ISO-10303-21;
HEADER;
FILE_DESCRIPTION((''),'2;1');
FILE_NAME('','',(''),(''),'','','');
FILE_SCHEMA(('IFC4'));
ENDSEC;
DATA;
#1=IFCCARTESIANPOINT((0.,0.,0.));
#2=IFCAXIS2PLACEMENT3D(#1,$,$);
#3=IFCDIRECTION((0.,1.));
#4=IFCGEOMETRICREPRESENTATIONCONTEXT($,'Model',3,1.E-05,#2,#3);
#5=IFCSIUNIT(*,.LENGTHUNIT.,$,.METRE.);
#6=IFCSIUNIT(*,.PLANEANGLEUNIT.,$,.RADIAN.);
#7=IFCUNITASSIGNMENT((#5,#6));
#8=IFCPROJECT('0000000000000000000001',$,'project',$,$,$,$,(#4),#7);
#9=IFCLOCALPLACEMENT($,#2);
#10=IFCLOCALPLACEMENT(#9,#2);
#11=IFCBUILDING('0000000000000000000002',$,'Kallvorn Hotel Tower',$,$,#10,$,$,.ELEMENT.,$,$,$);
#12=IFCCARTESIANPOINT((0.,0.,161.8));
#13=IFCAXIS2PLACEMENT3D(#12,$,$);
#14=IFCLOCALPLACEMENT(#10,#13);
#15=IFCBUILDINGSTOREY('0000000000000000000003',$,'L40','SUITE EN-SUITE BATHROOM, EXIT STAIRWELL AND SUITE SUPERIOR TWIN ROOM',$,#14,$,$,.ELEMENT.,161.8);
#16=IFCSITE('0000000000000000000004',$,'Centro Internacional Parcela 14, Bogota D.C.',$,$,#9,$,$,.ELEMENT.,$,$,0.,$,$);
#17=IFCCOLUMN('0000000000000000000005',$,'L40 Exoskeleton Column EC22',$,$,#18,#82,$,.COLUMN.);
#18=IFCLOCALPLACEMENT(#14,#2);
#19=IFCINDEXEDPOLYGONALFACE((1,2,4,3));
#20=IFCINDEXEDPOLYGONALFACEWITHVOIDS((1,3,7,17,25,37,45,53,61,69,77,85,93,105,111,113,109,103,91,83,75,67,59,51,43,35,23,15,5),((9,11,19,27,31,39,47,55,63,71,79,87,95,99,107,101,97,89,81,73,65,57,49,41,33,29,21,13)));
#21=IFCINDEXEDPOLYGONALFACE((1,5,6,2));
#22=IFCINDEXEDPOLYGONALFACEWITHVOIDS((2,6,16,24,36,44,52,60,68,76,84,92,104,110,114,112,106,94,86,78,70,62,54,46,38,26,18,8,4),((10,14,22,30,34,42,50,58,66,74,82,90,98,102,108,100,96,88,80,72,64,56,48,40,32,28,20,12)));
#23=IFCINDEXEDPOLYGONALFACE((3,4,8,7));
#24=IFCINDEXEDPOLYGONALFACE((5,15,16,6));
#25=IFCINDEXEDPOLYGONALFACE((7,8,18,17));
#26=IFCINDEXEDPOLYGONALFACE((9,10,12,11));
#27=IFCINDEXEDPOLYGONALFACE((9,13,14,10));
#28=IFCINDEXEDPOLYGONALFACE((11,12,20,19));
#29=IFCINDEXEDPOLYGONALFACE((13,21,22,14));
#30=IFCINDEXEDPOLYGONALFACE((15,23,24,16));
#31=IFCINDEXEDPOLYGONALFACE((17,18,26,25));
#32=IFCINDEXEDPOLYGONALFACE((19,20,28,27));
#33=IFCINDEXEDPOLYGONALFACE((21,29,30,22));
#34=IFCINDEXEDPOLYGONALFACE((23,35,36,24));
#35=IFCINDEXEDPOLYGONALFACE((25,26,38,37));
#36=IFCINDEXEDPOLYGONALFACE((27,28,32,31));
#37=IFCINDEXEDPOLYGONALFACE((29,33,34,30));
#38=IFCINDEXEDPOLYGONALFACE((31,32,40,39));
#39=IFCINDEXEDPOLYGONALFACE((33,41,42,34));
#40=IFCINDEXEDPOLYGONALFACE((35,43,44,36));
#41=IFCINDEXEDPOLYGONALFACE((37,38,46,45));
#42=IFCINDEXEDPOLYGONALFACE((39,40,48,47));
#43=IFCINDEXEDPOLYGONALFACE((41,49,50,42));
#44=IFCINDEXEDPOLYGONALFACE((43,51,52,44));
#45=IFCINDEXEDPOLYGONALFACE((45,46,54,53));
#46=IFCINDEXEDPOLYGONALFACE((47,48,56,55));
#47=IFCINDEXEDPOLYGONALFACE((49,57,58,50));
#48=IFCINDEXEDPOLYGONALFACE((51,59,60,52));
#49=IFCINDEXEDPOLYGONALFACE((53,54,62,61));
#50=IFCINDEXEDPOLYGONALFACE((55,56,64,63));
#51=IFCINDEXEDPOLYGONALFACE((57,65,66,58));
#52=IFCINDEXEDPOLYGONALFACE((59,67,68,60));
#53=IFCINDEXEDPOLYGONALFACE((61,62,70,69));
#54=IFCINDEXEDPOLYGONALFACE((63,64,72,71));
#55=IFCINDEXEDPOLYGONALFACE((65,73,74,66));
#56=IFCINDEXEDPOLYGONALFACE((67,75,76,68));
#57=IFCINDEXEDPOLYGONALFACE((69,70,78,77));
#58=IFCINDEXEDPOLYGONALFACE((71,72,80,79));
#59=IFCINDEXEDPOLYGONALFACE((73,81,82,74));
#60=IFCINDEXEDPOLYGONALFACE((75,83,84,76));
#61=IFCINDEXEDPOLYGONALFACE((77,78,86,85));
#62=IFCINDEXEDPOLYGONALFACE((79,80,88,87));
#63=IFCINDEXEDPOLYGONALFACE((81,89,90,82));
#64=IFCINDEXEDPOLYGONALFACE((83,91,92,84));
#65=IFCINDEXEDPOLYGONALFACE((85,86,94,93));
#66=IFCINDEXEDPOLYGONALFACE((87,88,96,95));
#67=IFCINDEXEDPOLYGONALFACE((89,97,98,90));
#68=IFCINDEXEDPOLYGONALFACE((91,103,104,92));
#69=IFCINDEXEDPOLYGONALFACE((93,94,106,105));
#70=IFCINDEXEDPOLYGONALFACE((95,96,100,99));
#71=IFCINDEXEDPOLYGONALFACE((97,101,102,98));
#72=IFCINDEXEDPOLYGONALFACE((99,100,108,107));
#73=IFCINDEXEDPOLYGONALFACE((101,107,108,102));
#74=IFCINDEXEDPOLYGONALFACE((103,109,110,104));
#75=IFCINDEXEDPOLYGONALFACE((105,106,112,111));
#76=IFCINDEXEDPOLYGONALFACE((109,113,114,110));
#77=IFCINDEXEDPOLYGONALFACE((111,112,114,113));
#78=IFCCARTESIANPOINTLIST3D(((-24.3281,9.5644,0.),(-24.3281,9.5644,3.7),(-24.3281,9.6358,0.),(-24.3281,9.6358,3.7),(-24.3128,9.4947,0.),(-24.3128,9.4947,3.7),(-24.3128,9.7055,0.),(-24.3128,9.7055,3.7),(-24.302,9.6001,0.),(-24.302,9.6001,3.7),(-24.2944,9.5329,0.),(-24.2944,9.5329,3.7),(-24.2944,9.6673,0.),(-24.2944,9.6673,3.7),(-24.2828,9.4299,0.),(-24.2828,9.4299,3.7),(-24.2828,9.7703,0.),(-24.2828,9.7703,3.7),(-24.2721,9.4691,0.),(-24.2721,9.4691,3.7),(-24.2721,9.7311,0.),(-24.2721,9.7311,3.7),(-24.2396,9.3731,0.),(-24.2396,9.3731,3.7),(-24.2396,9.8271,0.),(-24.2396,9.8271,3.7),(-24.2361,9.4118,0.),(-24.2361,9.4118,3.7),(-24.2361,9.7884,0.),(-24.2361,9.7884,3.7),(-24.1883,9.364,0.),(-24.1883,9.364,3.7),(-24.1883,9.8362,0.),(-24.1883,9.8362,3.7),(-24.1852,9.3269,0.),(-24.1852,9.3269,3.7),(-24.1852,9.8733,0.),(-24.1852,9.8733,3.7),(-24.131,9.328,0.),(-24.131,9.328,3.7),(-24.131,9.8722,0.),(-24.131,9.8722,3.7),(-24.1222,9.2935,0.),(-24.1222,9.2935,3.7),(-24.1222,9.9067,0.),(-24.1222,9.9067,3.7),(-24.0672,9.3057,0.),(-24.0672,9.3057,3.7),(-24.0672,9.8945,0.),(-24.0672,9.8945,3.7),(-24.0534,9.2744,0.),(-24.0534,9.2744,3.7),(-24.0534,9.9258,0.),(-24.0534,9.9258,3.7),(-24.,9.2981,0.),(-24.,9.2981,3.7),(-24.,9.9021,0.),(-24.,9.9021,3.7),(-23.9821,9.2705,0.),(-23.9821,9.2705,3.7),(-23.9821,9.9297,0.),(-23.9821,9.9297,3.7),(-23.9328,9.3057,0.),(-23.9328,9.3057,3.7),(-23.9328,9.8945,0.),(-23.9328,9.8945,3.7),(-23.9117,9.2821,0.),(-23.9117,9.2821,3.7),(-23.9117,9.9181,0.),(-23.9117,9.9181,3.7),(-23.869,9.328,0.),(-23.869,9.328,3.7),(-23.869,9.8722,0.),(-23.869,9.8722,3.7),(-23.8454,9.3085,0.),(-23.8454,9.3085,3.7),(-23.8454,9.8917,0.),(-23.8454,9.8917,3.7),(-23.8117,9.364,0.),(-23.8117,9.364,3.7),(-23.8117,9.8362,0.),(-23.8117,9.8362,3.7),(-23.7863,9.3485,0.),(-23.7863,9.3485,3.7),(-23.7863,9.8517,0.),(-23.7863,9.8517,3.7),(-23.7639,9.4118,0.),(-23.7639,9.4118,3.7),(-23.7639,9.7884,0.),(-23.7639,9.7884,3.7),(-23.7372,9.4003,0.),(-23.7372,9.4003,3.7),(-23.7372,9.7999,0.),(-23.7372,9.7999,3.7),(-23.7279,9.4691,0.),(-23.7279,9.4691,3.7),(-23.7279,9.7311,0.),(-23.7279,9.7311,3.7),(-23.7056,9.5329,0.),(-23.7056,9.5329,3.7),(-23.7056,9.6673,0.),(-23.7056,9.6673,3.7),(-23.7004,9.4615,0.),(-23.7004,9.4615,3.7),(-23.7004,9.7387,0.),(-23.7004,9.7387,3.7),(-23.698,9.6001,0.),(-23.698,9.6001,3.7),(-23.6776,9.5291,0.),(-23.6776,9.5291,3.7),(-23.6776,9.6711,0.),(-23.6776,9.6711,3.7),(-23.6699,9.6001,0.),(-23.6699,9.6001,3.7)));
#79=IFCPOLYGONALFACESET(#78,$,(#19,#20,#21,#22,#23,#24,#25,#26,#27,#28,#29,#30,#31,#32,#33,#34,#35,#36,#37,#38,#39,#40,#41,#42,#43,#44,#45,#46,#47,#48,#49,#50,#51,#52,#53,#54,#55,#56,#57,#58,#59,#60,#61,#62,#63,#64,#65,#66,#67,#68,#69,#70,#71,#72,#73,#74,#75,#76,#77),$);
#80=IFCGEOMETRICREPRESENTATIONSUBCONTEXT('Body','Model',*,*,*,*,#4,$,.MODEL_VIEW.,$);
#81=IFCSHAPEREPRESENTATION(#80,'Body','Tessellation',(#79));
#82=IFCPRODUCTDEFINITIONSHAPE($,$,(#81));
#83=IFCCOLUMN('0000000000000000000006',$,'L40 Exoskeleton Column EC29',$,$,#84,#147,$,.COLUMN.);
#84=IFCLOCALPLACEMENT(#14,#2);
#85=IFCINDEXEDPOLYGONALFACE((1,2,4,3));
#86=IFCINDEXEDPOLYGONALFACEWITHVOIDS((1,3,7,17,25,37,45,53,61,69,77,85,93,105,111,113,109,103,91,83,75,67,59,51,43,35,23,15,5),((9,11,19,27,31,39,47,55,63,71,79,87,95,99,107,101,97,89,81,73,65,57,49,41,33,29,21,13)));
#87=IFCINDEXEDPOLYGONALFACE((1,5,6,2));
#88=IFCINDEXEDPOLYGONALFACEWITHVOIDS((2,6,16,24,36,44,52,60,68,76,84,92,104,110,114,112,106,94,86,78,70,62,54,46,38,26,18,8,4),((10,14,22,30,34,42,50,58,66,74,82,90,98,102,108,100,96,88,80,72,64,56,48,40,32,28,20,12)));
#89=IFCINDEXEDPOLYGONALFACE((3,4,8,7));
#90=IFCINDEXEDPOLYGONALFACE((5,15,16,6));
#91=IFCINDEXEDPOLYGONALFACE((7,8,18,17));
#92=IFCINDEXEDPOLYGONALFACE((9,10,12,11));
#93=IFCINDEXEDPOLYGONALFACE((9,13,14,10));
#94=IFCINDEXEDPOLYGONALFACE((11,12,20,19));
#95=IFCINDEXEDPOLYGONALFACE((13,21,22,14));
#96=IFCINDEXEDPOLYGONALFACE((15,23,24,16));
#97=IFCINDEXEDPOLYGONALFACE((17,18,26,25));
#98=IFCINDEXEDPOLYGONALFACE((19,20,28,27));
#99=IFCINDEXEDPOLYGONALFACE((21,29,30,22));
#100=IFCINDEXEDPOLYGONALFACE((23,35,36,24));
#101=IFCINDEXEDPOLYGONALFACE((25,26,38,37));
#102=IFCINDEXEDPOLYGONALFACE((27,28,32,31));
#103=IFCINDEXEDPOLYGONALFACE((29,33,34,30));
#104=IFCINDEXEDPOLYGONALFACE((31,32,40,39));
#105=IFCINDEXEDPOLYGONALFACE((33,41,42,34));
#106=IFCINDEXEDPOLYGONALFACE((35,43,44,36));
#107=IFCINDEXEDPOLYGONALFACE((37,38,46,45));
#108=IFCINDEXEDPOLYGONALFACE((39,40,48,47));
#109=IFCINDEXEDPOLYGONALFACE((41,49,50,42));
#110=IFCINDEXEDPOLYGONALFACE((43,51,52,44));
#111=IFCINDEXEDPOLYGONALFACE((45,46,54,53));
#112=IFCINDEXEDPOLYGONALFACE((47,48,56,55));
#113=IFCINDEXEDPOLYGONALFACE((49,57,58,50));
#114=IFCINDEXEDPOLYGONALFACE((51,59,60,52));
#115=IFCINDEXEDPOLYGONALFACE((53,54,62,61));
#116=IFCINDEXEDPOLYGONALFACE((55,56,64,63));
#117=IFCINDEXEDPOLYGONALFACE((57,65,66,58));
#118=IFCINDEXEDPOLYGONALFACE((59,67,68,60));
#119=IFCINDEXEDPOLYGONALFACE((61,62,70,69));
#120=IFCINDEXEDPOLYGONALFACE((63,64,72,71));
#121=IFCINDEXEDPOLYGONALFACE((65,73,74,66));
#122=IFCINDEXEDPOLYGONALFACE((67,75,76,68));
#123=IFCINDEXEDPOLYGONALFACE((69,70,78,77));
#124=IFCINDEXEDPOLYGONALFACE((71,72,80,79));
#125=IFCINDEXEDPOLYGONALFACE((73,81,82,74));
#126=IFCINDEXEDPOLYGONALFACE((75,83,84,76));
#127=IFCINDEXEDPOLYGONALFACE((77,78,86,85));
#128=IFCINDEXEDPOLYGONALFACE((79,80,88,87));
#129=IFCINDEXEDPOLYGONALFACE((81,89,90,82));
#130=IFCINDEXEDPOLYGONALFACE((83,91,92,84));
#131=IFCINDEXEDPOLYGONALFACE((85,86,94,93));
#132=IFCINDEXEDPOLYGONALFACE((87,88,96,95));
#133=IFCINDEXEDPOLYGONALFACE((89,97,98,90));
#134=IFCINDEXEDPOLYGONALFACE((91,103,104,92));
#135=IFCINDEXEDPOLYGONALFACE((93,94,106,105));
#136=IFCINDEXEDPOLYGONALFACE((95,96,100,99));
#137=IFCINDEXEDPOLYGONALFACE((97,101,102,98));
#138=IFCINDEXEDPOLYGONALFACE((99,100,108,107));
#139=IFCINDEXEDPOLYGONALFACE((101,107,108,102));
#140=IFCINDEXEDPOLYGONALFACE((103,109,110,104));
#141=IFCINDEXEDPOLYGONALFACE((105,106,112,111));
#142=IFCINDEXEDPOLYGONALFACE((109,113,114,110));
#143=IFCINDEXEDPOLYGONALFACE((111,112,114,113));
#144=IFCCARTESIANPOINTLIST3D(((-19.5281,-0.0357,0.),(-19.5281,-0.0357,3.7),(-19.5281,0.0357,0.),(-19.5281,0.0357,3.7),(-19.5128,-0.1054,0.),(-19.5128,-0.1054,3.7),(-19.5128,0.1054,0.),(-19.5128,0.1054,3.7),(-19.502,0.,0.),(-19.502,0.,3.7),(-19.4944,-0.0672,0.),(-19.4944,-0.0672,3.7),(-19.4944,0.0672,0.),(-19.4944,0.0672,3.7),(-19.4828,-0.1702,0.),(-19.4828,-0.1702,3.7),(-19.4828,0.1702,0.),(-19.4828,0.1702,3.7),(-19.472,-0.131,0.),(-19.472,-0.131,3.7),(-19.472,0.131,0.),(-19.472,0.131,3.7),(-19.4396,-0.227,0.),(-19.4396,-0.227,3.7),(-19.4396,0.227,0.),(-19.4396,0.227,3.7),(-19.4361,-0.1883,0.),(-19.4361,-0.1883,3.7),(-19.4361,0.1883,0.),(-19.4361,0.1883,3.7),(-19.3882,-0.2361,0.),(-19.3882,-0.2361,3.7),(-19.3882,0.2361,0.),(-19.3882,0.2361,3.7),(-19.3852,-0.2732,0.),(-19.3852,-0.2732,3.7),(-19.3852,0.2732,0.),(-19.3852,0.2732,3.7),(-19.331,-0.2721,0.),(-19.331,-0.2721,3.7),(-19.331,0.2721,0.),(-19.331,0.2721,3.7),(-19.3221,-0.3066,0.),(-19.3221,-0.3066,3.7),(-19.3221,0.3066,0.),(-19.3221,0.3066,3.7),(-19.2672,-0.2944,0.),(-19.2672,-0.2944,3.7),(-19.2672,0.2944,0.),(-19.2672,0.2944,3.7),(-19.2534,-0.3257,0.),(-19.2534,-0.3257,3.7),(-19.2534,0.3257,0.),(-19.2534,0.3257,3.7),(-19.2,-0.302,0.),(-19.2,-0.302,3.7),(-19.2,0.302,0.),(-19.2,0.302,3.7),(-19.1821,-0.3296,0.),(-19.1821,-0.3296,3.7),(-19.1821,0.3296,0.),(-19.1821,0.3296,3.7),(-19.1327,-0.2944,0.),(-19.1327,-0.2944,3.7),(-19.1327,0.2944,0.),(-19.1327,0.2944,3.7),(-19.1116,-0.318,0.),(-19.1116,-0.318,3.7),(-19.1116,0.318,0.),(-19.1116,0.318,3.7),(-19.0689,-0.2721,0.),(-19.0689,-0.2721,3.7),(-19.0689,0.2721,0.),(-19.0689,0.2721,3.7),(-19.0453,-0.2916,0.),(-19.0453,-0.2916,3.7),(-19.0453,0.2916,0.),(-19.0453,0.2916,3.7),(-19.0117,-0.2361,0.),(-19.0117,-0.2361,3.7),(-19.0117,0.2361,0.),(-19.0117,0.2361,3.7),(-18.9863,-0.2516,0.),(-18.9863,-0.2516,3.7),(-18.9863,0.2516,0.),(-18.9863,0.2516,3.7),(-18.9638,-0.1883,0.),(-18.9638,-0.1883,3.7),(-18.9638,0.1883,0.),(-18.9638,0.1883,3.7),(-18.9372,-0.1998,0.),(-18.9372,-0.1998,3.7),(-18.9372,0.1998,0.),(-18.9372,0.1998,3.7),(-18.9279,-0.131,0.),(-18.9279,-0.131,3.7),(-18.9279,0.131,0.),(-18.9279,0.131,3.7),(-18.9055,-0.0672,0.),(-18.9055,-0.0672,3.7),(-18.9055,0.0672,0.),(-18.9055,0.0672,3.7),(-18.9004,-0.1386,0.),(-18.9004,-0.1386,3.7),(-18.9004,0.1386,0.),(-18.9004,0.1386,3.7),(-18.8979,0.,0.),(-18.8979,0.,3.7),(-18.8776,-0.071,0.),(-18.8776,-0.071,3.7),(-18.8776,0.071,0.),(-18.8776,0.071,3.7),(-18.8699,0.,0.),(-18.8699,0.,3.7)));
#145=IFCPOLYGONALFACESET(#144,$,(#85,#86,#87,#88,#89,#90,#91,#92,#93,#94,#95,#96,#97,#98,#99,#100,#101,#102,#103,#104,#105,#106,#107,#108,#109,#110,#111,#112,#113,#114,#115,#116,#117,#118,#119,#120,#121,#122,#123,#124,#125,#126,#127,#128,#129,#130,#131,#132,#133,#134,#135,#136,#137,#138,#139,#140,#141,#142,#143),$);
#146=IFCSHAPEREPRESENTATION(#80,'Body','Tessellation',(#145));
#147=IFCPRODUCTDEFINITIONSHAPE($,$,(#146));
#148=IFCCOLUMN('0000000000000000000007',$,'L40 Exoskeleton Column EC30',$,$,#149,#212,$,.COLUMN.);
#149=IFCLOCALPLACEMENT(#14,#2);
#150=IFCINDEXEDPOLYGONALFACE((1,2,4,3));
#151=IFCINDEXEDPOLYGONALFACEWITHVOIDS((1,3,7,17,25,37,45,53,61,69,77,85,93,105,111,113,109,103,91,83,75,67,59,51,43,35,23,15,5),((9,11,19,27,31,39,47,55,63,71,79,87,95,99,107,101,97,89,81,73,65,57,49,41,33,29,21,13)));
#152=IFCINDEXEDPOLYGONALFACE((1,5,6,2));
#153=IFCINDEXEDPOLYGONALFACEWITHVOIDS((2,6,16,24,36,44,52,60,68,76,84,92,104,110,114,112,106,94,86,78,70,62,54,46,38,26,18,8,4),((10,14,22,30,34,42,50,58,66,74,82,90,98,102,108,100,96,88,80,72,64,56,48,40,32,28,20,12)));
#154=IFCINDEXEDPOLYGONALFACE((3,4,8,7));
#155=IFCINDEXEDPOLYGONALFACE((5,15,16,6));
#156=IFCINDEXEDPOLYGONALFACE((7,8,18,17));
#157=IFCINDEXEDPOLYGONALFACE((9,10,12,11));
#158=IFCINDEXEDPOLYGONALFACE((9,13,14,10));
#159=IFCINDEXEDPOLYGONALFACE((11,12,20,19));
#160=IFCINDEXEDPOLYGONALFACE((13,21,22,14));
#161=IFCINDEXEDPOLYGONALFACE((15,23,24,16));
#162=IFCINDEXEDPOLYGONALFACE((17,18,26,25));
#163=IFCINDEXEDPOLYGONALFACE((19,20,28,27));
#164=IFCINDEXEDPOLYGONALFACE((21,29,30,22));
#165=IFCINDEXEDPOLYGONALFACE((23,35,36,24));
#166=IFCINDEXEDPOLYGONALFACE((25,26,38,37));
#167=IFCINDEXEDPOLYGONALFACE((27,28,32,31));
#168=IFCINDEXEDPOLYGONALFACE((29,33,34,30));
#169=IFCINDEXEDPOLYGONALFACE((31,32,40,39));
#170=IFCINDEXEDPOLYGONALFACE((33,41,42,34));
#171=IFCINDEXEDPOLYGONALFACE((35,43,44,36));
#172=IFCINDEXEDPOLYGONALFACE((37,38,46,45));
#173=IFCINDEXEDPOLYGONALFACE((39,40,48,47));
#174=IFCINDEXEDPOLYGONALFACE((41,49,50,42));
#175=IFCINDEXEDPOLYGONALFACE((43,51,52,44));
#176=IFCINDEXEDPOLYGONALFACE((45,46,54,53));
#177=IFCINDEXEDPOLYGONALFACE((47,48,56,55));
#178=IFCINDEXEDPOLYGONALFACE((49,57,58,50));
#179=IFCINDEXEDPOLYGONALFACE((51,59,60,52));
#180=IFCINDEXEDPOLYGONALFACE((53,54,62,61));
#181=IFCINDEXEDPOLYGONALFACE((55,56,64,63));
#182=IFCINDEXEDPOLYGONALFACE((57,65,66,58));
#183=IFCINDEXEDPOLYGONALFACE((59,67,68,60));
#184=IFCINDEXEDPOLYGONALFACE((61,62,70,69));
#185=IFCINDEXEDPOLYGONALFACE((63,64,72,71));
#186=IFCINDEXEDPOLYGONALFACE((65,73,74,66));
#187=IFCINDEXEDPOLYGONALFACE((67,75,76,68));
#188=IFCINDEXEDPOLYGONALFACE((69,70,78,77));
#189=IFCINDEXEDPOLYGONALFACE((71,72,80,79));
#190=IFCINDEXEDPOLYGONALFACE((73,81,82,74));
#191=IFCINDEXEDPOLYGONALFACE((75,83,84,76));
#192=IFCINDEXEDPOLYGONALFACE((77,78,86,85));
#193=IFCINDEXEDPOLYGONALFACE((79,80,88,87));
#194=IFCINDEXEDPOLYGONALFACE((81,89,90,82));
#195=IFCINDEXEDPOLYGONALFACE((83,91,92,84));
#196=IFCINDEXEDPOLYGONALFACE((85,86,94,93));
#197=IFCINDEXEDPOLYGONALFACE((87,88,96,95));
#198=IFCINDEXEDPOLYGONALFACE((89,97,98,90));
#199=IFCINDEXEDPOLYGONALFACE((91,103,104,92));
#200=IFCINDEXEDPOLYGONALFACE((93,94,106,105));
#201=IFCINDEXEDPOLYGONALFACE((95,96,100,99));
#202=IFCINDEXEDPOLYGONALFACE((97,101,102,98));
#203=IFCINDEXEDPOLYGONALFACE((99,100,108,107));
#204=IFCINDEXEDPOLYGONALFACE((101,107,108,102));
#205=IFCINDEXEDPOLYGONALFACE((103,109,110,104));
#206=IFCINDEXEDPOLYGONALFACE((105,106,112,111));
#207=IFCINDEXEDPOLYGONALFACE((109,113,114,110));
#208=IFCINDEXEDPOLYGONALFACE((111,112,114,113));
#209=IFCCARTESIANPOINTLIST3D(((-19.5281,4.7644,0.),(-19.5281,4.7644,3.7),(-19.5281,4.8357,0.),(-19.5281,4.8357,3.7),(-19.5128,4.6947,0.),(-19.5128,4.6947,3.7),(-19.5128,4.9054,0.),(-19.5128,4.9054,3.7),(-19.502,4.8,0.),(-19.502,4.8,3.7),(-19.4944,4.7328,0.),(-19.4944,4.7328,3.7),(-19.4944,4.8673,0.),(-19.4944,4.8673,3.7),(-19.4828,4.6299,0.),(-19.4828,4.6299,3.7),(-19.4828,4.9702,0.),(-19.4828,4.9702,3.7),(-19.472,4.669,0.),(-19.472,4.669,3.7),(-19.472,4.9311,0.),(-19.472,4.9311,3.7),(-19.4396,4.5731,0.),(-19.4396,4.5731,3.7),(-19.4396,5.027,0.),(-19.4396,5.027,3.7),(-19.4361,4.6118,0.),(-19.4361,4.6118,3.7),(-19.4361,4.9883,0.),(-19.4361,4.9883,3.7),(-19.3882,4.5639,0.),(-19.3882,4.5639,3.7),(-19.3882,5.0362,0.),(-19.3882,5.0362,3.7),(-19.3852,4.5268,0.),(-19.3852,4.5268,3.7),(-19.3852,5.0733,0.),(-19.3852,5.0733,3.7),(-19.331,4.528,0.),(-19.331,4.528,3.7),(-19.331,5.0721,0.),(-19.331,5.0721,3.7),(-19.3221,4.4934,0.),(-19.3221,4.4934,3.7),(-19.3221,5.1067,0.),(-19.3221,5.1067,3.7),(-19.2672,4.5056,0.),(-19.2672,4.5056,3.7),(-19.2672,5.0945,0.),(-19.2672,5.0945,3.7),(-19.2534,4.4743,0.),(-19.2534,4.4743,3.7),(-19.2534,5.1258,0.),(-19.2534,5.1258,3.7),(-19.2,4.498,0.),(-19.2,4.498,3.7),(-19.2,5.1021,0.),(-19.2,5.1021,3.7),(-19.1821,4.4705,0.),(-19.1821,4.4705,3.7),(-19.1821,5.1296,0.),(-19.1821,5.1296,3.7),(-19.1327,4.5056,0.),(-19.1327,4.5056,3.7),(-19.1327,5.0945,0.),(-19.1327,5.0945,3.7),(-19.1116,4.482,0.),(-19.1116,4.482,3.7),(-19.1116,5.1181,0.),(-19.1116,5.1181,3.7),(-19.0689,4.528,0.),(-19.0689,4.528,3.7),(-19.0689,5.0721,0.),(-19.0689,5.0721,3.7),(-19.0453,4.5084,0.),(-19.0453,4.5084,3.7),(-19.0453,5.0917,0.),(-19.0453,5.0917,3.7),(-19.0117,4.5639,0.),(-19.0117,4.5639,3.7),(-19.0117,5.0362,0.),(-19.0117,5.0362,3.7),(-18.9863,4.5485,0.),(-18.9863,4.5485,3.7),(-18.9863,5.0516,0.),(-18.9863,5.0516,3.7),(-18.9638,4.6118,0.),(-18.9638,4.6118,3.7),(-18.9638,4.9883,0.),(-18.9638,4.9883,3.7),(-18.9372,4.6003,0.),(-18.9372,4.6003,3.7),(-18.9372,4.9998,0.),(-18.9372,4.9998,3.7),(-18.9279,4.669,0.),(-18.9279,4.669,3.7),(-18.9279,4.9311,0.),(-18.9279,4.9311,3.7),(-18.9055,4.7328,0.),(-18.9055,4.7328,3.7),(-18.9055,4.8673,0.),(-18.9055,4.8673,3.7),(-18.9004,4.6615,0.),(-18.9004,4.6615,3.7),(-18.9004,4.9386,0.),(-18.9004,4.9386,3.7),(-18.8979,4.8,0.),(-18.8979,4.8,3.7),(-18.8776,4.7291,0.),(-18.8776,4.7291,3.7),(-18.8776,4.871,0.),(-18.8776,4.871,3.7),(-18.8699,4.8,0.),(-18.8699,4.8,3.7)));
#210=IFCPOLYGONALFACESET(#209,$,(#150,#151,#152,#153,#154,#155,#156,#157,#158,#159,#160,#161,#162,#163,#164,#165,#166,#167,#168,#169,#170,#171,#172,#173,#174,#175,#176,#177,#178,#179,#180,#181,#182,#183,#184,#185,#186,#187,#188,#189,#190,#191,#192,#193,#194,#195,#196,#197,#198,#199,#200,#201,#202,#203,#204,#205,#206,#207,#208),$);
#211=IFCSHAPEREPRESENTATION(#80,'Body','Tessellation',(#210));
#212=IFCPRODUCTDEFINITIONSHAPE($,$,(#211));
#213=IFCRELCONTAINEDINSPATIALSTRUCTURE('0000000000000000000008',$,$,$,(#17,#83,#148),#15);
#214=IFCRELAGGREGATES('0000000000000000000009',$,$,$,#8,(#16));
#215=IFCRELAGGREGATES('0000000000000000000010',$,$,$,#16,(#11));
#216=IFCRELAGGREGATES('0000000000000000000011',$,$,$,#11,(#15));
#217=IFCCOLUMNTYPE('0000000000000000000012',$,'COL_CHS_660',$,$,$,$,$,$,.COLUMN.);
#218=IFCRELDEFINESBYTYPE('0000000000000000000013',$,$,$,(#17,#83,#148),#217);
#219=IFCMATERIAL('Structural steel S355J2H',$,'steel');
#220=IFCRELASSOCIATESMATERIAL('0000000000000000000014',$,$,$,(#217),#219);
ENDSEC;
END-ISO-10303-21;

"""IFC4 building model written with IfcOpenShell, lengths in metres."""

from ifc_helpers import new_model, si_unit, direction, frame, origin, origin_2d, place, context, subcontext, project, spatial, hollow_circle, extrude, material, material_profile, profile_set, type_object, element, save


model = new_model("IFC4")

# Units and contexts
model_context = context("Model", 3, precision=1e-05, world=origin(), true_north=direction((0.0, 1.0)))
body_context = subcontext(model_context, "Body", "Model", "MODEL_VIEW")
ifc_project = project(units=[si_unit("LENGTHUNIT", "METRE"), si_unit("PLANEANGLEUNIT", "RADIAN")], contexts=[model_context])

# Site, building, storey
site_placement = place(None, origin())
site = spatial("IfcSite", under=ifc_project, at=site_placement, Name="Centro Internacional Parcela 14, Bogota D.C.", CompositionType="ELEMENT", RefElevation=0.0)
building_placement = place(site_placement, origin())
building = spatial("IfcBuilding", under=site, at=building_placement, Name="Kallvorn Hotel Tower", CompositionType="ELEMENT")
storey_placement = place(building_placement, frame((0.0, 0.0, 161.8)))
storey = spatial("IfcBuildingStorey", under=building, at=storey_placement, Name="L40", Description="SUITE EN-SUITE BATHROOM, EXIT STAIRWELL AND SUITE SUPERIOR TWIN ROOM", CompositionType="ELEMENT", Elevation=161.8)

# Columns
ifc_material_1 = material(Name="Structural steel S355J2H", Category="steel")
ifc_material_profile_1 = material_profile(ifc_material_1, hollow_circle(Radius=0.3301, WallThickness=0.0281, at=origin_2d()), Name="CHS 660x28")
ifc_profile_set_1 = profile_set([ifc_material_profile_1], Name="Structural steel S355J2H")
column_type_1 = type_object("IfcColumnType", Name="COL_CHS_660", PredefinedType="COLUMN", material=ifc_profile_set_1)
for number, where, z_axis, x_axis, name in (
    (1, (-24.0, 9.6001, 0.0), (0.0, 0.0, 1.0), (1.0, 0.0, 0.0), "L40 Exoskeleton Column EC22"),
    (2, (-19.2, 0.0, 0.0), (0.0, 0.0, 1.0), (1.0, 0.0, 0.0), "L40 Exoskeleton Column EC29"),
    (3, (-19.2, 4.8, 0.0), (0.0, 0.0, 1.0), (1.0, 0.0, 0.0), "L40 Exoskeleton Column EC30"),
):
    element("IfcColumn", number, at=place(storey_placement, frame(where, z_axis=z_axis, x_axis=x_axis)), inside=storey, type_object=column_type_1, Name=name, PredefinedType="COLUMN", context=body_context, shape_type="SweptSolid", body=[
        extrude(hollow_circle(Radius=0.3301, WallThickness=0.0281, at=origin_2d()), origin(), (0.0, 0.0, 1.0), 3.7),
    ])

save(model, "model.ifc")
